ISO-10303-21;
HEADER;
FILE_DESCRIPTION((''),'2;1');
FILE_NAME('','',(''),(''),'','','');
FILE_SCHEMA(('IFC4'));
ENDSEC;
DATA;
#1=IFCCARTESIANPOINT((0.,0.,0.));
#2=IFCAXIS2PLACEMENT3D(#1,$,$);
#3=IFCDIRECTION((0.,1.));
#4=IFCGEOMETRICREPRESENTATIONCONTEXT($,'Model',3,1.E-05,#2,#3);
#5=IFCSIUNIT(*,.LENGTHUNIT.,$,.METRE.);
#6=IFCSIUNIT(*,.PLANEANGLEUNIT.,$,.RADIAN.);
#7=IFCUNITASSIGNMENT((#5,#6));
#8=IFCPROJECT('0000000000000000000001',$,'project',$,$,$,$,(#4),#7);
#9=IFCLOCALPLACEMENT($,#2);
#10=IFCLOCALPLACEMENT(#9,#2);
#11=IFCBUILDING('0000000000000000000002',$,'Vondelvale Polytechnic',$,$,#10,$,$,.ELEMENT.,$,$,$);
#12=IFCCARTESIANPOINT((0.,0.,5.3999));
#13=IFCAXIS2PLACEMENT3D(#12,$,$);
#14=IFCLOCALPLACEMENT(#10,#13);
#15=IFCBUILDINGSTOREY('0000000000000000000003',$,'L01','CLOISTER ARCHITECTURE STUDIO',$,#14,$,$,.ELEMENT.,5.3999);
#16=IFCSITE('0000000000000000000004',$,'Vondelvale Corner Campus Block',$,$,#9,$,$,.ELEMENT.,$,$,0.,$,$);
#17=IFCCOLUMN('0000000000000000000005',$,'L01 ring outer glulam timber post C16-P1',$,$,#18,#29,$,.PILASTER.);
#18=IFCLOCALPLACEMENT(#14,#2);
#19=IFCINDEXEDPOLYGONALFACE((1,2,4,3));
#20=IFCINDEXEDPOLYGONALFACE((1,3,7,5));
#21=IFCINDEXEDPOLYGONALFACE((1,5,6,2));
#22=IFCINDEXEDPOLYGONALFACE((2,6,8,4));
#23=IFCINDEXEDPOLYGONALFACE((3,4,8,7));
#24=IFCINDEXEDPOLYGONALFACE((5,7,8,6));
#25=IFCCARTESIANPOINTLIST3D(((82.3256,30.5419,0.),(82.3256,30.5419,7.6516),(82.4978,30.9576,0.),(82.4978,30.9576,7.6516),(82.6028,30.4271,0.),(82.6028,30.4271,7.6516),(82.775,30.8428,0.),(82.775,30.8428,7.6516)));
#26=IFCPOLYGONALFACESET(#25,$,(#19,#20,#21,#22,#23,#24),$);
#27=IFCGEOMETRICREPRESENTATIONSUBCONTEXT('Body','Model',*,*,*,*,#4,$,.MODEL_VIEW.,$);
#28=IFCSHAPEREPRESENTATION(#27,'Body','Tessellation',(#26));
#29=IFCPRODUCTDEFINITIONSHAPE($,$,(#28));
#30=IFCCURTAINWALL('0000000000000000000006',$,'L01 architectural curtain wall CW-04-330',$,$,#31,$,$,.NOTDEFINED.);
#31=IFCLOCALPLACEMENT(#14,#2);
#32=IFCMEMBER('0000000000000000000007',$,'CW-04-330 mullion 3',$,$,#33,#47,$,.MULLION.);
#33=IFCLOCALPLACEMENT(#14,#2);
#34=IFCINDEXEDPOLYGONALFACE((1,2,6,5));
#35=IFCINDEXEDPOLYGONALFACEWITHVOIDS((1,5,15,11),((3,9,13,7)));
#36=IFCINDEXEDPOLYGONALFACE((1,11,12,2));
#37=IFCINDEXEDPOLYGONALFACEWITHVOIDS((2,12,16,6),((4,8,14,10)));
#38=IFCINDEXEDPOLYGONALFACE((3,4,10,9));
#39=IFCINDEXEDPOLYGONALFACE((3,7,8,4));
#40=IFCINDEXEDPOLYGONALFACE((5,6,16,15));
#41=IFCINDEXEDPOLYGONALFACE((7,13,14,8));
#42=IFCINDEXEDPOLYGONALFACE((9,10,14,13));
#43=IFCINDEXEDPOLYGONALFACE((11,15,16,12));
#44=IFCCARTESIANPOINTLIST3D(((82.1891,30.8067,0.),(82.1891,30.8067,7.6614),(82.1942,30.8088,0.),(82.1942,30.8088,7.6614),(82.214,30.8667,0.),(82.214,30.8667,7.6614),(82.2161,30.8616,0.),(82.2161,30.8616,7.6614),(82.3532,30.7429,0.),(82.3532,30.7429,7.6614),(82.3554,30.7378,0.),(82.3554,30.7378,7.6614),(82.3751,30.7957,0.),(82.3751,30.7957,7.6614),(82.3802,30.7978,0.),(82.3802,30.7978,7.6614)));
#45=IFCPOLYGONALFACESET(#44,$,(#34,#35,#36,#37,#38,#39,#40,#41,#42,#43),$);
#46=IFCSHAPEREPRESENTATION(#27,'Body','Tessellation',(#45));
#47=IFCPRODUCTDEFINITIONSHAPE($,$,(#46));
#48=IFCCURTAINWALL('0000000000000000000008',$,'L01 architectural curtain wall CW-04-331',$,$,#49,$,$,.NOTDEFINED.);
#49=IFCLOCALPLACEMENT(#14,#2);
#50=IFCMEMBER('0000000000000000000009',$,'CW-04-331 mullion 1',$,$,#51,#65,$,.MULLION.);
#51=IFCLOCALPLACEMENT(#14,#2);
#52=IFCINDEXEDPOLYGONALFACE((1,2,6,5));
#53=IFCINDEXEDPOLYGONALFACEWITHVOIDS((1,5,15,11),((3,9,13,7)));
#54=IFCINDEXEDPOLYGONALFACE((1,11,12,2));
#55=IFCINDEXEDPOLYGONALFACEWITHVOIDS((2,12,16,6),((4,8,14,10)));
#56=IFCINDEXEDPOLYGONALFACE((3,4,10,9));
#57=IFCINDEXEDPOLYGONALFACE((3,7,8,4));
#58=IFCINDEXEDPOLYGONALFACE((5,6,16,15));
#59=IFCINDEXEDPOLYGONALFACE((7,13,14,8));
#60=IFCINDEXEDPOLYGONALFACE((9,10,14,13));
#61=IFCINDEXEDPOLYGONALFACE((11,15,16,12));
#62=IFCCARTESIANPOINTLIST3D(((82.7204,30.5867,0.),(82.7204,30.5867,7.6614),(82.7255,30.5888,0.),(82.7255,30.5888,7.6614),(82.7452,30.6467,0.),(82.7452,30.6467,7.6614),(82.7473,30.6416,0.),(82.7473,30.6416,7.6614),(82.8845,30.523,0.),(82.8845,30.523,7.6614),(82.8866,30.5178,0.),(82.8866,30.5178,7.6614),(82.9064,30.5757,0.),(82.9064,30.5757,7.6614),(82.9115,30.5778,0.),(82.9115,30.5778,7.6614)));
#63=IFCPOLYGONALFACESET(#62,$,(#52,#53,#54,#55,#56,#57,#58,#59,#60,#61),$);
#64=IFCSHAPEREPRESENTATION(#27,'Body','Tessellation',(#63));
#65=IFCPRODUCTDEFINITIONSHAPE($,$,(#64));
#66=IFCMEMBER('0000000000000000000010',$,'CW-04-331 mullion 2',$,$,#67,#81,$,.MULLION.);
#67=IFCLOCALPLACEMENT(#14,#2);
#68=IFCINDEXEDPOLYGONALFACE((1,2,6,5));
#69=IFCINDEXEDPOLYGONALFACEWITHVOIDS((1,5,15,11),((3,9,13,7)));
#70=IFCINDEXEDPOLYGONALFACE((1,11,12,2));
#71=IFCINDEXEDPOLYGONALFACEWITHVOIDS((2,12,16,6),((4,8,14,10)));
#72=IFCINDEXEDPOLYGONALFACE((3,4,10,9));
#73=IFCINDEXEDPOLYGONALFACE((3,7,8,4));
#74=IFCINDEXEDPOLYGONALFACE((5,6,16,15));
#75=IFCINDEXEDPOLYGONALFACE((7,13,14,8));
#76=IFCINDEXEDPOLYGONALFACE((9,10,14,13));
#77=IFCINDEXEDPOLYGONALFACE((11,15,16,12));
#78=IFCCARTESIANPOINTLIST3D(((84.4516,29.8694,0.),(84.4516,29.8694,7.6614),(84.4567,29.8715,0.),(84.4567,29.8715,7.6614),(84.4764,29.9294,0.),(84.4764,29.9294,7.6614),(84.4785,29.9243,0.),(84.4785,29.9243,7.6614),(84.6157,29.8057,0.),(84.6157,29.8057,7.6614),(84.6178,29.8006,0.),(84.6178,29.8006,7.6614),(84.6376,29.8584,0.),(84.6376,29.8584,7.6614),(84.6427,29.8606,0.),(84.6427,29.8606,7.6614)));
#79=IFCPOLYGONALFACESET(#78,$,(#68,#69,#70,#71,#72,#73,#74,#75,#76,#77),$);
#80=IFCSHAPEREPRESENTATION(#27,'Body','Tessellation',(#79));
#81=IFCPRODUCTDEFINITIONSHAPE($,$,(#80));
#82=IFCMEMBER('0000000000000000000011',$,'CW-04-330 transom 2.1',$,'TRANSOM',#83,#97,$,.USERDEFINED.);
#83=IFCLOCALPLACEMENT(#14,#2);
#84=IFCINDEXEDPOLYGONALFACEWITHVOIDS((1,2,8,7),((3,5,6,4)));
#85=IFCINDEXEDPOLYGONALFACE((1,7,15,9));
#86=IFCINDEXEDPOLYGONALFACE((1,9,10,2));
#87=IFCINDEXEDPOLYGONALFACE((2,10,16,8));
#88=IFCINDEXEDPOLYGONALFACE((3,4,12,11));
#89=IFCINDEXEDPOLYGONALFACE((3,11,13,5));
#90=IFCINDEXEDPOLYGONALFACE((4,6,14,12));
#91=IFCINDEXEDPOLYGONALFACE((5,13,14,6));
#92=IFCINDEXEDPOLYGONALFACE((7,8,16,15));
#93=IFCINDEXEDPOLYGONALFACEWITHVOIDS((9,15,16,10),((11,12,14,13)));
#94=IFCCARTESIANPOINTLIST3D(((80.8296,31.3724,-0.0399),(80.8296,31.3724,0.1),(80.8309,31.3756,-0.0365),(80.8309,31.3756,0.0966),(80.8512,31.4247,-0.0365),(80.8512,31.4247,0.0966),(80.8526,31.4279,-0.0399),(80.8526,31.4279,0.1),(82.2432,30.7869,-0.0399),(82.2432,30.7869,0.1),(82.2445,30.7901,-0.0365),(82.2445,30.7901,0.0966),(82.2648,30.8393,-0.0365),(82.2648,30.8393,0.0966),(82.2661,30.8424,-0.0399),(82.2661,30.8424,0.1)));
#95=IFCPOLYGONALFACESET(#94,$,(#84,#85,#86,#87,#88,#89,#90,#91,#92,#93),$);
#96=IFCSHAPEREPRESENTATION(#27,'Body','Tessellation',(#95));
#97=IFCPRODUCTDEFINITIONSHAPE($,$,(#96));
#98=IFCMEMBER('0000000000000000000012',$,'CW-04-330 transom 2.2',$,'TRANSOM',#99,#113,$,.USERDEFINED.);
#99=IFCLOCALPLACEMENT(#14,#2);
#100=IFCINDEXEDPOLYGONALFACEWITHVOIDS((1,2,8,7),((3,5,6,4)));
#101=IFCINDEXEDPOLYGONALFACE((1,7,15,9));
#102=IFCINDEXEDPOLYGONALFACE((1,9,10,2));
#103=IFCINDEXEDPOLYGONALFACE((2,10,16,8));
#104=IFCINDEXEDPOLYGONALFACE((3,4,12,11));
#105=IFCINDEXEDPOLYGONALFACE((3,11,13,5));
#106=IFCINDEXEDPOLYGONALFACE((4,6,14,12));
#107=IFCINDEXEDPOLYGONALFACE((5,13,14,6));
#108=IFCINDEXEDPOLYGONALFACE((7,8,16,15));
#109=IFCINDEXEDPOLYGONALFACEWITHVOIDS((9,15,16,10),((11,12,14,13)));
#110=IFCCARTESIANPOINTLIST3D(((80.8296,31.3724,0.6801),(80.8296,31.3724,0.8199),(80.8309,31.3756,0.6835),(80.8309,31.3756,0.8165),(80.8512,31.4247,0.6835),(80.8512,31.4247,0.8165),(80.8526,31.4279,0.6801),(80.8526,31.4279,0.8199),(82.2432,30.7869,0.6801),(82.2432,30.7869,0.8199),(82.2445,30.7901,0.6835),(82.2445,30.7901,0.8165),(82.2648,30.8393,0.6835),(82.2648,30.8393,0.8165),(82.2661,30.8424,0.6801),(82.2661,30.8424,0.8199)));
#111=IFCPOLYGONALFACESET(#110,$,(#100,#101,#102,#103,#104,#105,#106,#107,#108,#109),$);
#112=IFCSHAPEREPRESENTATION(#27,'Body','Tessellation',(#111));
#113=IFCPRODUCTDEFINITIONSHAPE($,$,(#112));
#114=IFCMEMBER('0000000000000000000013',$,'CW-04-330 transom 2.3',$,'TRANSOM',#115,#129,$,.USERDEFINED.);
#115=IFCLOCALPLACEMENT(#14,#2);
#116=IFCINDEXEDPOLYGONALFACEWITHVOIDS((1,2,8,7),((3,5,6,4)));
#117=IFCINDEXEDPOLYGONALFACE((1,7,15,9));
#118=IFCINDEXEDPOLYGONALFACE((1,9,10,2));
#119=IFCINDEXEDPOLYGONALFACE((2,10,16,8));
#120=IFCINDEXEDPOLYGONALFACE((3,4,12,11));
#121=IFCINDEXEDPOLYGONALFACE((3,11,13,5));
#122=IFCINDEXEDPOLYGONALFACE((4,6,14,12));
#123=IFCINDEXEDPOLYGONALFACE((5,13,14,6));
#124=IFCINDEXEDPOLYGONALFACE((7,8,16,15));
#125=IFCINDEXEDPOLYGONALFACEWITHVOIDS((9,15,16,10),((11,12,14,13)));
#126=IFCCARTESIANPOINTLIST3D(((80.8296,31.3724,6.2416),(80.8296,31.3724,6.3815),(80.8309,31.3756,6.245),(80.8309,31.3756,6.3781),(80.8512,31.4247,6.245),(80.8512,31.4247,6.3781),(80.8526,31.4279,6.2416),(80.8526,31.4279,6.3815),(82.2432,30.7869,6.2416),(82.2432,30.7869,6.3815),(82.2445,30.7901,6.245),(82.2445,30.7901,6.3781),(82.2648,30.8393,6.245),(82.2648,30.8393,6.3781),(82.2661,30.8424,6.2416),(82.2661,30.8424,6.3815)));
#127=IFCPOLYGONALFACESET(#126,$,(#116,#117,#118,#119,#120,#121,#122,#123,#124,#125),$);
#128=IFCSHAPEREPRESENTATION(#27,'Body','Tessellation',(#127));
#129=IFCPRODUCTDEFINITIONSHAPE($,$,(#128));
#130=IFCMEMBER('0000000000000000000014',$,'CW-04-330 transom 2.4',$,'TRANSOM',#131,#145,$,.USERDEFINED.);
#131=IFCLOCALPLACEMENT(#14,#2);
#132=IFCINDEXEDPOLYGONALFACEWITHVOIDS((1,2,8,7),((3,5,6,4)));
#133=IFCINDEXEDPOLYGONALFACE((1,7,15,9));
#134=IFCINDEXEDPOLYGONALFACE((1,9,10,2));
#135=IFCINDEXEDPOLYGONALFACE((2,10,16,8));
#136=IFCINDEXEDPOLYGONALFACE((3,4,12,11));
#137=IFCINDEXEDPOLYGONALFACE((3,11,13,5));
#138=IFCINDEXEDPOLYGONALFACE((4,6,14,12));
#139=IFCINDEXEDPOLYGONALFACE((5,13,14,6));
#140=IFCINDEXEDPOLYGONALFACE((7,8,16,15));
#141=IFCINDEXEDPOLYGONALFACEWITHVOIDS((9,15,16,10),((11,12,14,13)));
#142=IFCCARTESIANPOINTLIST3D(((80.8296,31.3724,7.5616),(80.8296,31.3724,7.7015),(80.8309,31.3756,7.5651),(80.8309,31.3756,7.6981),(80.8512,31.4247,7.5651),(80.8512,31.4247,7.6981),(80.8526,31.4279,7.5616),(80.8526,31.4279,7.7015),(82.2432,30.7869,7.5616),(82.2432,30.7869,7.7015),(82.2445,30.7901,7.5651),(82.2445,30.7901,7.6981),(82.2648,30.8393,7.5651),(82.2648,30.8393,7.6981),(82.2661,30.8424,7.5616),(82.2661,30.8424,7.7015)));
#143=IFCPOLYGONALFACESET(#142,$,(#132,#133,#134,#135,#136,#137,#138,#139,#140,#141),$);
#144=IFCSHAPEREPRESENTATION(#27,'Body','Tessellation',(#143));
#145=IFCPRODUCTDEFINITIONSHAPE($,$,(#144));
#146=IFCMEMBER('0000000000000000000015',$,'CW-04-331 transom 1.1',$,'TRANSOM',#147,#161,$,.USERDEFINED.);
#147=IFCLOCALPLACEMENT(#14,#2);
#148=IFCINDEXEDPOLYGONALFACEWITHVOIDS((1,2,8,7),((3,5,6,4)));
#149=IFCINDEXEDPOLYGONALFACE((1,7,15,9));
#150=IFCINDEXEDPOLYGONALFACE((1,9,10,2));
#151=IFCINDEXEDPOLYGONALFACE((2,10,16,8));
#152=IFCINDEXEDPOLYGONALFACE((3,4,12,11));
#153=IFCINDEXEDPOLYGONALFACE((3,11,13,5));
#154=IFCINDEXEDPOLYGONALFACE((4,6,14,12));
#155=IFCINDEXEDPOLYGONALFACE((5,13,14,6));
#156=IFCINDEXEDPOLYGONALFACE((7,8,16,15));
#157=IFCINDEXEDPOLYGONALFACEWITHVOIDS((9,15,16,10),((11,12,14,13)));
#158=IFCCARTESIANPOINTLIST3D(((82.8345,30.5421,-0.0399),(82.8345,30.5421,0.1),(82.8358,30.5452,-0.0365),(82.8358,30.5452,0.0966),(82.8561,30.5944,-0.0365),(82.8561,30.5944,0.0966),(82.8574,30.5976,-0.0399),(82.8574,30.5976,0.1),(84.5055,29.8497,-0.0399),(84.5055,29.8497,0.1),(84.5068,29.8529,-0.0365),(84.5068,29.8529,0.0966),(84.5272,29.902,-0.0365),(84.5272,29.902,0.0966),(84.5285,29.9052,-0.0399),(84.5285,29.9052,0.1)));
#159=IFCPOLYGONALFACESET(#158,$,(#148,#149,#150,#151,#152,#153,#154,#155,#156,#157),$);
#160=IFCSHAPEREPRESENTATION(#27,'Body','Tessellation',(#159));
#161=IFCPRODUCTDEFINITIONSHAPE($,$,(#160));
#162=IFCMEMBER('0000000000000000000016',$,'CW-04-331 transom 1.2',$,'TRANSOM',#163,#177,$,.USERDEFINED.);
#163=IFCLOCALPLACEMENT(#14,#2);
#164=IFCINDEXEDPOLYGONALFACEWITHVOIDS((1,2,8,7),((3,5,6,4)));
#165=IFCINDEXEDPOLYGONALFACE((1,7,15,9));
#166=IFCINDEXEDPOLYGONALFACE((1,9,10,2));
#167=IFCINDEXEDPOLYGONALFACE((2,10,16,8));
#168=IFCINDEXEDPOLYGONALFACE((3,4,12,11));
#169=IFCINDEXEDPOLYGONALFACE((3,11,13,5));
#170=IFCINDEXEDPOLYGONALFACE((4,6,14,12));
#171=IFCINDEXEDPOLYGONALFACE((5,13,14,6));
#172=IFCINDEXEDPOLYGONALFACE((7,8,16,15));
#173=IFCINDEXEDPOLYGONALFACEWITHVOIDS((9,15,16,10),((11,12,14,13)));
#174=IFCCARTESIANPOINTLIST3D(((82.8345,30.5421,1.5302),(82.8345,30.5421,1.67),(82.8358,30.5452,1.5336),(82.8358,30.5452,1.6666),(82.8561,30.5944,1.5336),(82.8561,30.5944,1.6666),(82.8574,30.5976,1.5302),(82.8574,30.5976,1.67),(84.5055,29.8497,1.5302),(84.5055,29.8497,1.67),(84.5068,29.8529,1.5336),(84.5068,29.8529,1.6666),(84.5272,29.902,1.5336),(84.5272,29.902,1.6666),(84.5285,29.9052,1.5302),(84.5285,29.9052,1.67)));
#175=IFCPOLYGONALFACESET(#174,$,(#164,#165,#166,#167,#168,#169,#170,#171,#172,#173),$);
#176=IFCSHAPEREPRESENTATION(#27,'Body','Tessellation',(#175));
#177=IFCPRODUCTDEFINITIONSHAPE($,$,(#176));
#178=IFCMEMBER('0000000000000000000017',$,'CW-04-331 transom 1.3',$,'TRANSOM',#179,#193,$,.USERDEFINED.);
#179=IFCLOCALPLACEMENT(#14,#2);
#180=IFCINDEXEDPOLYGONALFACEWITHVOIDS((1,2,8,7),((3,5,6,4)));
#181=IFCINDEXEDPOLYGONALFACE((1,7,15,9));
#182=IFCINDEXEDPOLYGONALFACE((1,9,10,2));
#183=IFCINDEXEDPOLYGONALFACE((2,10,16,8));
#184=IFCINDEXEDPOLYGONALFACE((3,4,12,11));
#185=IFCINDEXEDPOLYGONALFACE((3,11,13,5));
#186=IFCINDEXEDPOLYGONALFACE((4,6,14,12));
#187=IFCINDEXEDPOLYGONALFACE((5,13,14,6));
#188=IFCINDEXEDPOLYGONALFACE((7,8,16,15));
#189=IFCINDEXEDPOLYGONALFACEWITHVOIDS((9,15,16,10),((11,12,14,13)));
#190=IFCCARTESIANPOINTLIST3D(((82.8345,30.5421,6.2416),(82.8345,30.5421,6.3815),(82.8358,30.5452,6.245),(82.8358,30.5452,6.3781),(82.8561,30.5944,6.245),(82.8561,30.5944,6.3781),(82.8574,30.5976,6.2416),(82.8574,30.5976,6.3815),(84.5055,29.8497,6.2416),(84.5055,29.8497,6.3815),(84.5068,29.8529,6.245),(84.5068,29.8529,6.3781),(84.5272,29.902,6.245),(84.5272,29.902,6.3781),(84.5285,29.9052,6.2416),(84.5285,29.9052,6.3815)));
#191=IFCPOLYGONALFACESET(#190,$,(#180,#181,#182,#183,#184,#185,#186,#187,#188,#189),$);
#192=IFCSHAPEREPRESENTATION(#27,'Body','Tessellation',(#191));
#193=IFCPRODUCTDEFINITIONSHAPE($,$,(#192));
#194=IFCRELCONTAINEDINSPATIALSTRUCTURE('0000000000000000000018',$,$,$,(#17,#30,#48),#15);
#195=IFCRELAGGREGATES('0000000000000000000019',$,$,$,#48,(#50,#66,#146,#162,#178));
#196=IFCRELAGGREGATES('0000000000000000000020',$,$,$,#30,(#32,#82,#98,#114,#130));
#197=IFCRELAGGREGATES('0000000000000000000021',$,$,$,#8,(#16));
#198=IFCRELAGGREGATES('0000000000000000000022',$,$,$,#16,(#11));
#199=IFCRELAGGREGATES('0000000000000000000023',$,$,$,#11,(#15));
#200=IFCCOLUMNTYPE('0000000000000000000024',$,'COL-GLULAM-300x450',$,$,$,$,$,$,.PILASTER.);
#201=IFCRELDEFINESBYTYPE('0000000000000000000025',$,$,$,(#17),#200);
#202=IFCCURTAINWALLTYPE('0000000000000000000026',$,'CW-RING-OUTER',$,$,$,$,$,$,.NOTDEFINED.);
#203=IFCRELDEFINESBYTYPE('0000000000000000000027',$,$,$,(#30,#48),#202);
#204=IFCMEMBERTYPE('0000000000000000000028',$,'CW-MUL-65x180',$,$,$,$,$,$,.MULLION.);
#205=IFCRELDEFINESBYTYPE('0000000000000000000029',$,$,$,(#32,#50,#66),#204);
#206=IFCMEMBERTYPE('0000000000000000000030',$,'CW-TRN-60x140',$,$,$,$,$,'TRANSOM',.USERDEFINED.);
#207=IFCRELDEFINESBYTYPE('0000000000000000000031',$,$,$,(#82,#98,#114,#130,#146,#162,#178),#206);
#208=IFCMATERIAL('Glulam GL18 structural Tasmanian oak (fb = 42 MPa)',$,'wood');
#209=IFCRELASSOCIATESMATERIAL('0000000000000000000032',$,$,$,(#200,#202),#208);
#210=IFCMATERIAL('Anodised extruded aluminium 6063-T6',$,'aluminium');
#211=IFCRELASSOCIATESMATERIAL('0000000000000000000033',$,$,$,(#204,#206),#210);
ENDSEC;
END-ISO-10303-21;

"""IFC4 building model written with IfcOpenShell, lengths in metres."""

from ifc_helpers import new_model, si_unit, direction, frame, origin, origin_2d, place, context, subcontext, project, spatial, rectangle, hollow_rectangle, extrude, material, material_profile, profile_set, type_object, element, aggregate, save


model = new_model("IFC4")

# Units and contexts
model_context = context("Model", 3, precision=1e-05, world=origin(), true_north=direction((0.0, 1.0)))
body_context = subcontext(model_context, "Body", "Model", "MODEL_VIEW")
ifc_project = project(units=[si_unit("LENGTHUNIT", "METRE"), si_unit("PLANEANGLEUNIT", "RADIAN")], contexts=[model_context])

# Site, building, storey
site_placement = place(None, origin())
site = spatial("IfcSite", under=ifc_project, at=site_placement, Name="Vondelvale Corner Campus Block", CompositionType="ELEMENT", RefElevation=0.0)
building_placement = place(site_placement, origin())
building = spatial("IfcBuilding", under=site, at=building_placement, Name="Vondelvale Polytechnic", CompositionType="ELEMENT")
storey_placement = place(building_placement, frame((0.0, 0.0, 5.3999)))
storey = spatial("IfcBuildingStorey", under=building, at=storey_placement, Name="L01", Description="CLOISTER ARCHITECTURE STUDIO", CompositionType="ELEMENT", Elevation=5.3999)

# Column
ifc_material_1 = material(Name="Glulam GL18 structural Tasmanian oak (fb = 42 MPa)", Category="wood")
ifc_material_profile_1 = material_profile(ifc_material_1, rectangle(XDim=0.3, YDim=0.45, at=origin_2d()), Name="GL-POST-300x450")
ifc_profile_set_1 = profile_set([ifc_material_profile_1], Name="Glulam GL18 structural Tasmanian oak (fb = 42 MPa)")
column_type = type_object("IfcColumnType", Name="COL-GLULAM-300x450", PredefinedType="PILASTER", material=ifc_profile_set_1)
column_placement = place(storey_placement, frame((82.5503, 30.6924, 0.0), z_axis=(0.0, 0.0, 1.0), x_axis=(-0.92388, 0.382683, 0.0)))
element("IfcColumn", 1, at=column_placement, inside=storey, type_object=column_type, Name="L01 ring outer glulam timber post C16-P1", PredefinedType="PILASTER", context=body_context, shape_type="SweptSolid", body=[
    extrude(rectangle(XDim=0.3, YDim=0.45, at=origin_2d()), origin(), (0.0, 0.0, 1.0), 7.6516),
])

# Curtain wall, member
curtain_wall_type = type_object("IfcCurtainWallType", Name="CW-RING-OUTER", PredefinedType="NOTDEFINED", material=ifc_material_1)
curtain_wall_1_placement = place(storey_placement, origin())
curtain_wall_1 = element("IfcCurtainWall", 2, at=curtain_wall_1_placement, inside=storey, type_object=curtain_wall_type, Name="L01 architectural curtain wall CW-04-330", PredefinedType="NOTDEFINED")
ifc_material_2 = material(Name="Anodised extruded aluminium 6063-T6", Category="aluminium")
ifc_material_profile_2 = material_profile(ifc_material_2, hollow_rectangle(XDim=0.0649, YDim=0.1799, WallThickness=0.0039, at=origin_2d()), Name="CW-MUL-180x65")
ifc_profile_set_2 = profile_set([ifc_material_profile_2], Name="Anodised extruded aluminium 6063-T6")
member_type_1 = type_object("IfcMemberType", Name="CW-MUL-65x180", PredefinedType="MULLION", material=ifc_profile_set_2)
member_1_placement = place(storey_placement, frame((82.2847, 30.8022, 0.0), z_axis=(0.0, 0.0, 1.0), x_axis=(0.382677, 0.923882, 0.0)))
member_1 = element("IfcMember", 3, at=member_1_placement, type_object=member_type_1, Name="CW-04-330 mullion 3", PredefinedType="MULLION", context=body_context, shape_type="SweptSolid", body=[
    extrude(hollow_rectangle(XDim=0.0649, YDim=0.1799, WallThickness=0.0039, at=origin_2d()), origin(), (0.0, 0.0, 1.0), 7.6614),
])

# Curtain wall, members
curtain_wall_2_placement = place(storey_placement, origin())
curtain_wall_2 = element("IfcCurtainWall", 4, at=curtain_wall_2_placement, inside=storey, type_object=curtain_wall_type, Name="L01 architectural curtain wall CW-04-331", PredefinedType="NOTDEFINED")
member_2_placement = place(storey_placement, frame((82.8159, 30.5823, 0.0), z_axis=(0.0, 0.0, 1.0), x_axis=(0.382695, 0.923875, 0.0)))
member_2 = element("IfcMember", 5, at=member_2_placement, type_object=member_type_1, Name="CW-04-331 mullion 1", PredefinedType="MULLION", context=body_context, shape_type="SweptSolid", body=[
    extrude(hollow_rectangle(XDim=0.0649, YDim=0.1799, WallThickness=0.0039, at=origin_2d()), origin(), (0.0, 0.0, 1.0), 7.6614),
])
member_3_placement = place(storey_placement, frame((84.5471, 29.865, 0.0), z_axis=(0.0, 0.0, 1.0), x_axis=(0.382695, 0.923875, 0.0)))
member_3 = element("IfcMember", 6, at=member_3_placement, type_object=member_type_1, Name="CW-04-331 mullion 2", PredefinedType="MULLION", context=body_context, shape_type="SweptSolid", body=[
    extrude(hollow_rectangle(XDim=0.0649, YDim=0.1799, WallThickness=0.0039, at=origin_2d()), origin(), (0.0, 0.0, 1.0), 7.6614),
])

# Members
ifc_material_profile_3 = material_profile(ifc_material_2, hollow_rectangle(XDim=0.0601, YDim=0.1399, WallThickness=0.0034, at=origin_2d()), Name="CW-TRN-140x60")
ifc_profile_set_3 = profile_set([ifc_material_profile_3], Name="Anodised extruded aluminium 6063-T6")
member_type_2 = type_object("IfcMemberType", Name="CW-TRN-60x140", ElementType="TRANSOM", PredefinedType="USERDEFINED", material=ifc_profile_set_3)
member_4_placement = place(storey_placement, frame((80.8411, 31.4001, 0.03), z_axis=(0.923896, -0.382643, 0.0), x_axis=(0.382643, 0.923896, 0.0)))
member_4 = element("IfcMember", 7, at=member_4_placement, type_object=member_type_2, Name="CW-04-330 transom 2.1", ObjectType="TRANSOM", PredefinedType="USERDEFINED", context=body_context, shape_type="SweptSolid", body=[
    extrude(hollow_rectangle(XDim=0.0601, YDim=0.1399, WallThickness=0.0034, at=origin_2d()), origin(), (0.0, 0.0, 1.0), 1.53),
])
member_5_placement = place(storey_placement, frame((80.8411, 31.4001, 0.75), z_axis=(0.923896, -0.382643, 0.0), x_axis=(0.382643, 0.923896, 0.0)))
member_5 = element("IfcMember", 8, at=member_5_placement, type_object=member_type_2, Name="CW-04-330 transom 2.2", ObjectType="TRANSOM", PredefinedType="USERDEFINED", context=body_context, shape_type="SweptSolid", body=[
    extrude(hollow_rectangle(XDim=0.0601, YDim=0.1399, WallThickness=0.0034, at=origin_2d()), origin(), (0.0, 0.0, 1.0), 1.53),
])
member_6_placement = place(storey_placement, frame((80.8411, 31.4001, 6.3115), z_axis=(0.923896, -0.382643, 0.0), x_axis=(0.382643, 0.923896, 0.0)))
member_6 = element("IfcMember", 9, at=member_6_placement, type_object=member_type_2, Name="CW-04-330 transom 2.3", ObjectType="TRANSOM", PredefinedType="USERDEFINED", context=body_context, shape_type="SweptSolid", body=[
    extrude(hollow_rectangle(XDim=0.0601, YDim=0.1399, WallThickness=0.0034, at=origin_2d()), origin(), (0.0, 0.0, 1.0), 1.53),
])
member_7_placement = place(storey_placement, frame((80.8411, 31.4001, 7.6316), z_axis=(0.923896, -0.382643, 0.0), x_axis=(0.382643, 0.923896, 0.0)))
member_7 = element("IfcMember", 10, at=member_7_placement, type_object=member_type_2, Name="CW-04-330 transom 2.4", ObjectType="TRANSOM", PredefinedType="USERDEFINED", context=body_context, shape_type="SweptSolid", body=[
    extrude(hollow_rectangle(XDim=0.0601, YDim=0.1399, WallThickness=0.0034, at=origin_2d()), origin(), (0.0, 0.0, 1.0), 1.53),
])
member_8_placement = place(storey_placement, frame((82.8459, 30.5698, 0.03), z_axis=(0.923846, -0.382765, 0.0), x_axis=(0.382765, 0.923846, 0.0)))
member_8 = element("IfcMember", 11, at=member_8_placement, type_object=member_type_2, Name="CW-04-331 transom 1.1", ObjectType="TRANSOM", PredefinedType="USERDEFINED", context=body_context, shape_type="SweptSolid", body=[
    extrude(hollow_rectangle(XDim=0.0601, YDim=0.1399, WallThickness=0.0034, at=origin_2d()), origin(), (0.0, 0.0, 1.0), 1.8088),
])
member_9_placement = place(storey_placement, frame((82.8459, 30.5698, 1.6001), z_axis=(0.923846, -0.382765, 0.0), x_axis=(0.382765, 0.923846, 0.0)))
member_9 = element("IfcMember", 12, at=member_9_placement, type_object=member_type_2, Name="CW-04-331 transom 1.2", ObjectType="TRANSOM", PredefinedType="USERDEFINED", context=body_context, shape_type="SweptSolid", body=[
    extrude(hollow_rectangle(XDim=0.0601, YDim=0.1399, WallThickness=0.0034, at=origin_2d()), origin(), (0.0, 0.0, 1.0), 1.8088),
])
member_10_placement = place(storey_placement, frame((82.8459, 30.5698, 6.3115), z_axis=(0.923846, -0.382765, 0.0), x_axis=(0.382765, 0.923846, 0.0)))
member_10 = element("IfcMember", 13, at=member_10_placement, type_object=member_type_2, Name="CW-04-331 transom 1.3", ObjectType="TRANSOM", PredefinedType="USERDEFINED", context=body_context, shape_type="SweptSolid", body=[
    extrude(hollow_rectangle(XDim=0.0601, YDim=0.1399, WallThickness=0.0034, at=origin_2d()), origin(), (0.0, 0.0, 1.0), 1.8088),
])

aggregate(curtain_wall_2, [member_2, member_3, member_8, member_9, member_10])
aggregate(curtain_wall_1, [member_1, member_4, member_5, member_6, member_7])

save(model, "model.ifc")
